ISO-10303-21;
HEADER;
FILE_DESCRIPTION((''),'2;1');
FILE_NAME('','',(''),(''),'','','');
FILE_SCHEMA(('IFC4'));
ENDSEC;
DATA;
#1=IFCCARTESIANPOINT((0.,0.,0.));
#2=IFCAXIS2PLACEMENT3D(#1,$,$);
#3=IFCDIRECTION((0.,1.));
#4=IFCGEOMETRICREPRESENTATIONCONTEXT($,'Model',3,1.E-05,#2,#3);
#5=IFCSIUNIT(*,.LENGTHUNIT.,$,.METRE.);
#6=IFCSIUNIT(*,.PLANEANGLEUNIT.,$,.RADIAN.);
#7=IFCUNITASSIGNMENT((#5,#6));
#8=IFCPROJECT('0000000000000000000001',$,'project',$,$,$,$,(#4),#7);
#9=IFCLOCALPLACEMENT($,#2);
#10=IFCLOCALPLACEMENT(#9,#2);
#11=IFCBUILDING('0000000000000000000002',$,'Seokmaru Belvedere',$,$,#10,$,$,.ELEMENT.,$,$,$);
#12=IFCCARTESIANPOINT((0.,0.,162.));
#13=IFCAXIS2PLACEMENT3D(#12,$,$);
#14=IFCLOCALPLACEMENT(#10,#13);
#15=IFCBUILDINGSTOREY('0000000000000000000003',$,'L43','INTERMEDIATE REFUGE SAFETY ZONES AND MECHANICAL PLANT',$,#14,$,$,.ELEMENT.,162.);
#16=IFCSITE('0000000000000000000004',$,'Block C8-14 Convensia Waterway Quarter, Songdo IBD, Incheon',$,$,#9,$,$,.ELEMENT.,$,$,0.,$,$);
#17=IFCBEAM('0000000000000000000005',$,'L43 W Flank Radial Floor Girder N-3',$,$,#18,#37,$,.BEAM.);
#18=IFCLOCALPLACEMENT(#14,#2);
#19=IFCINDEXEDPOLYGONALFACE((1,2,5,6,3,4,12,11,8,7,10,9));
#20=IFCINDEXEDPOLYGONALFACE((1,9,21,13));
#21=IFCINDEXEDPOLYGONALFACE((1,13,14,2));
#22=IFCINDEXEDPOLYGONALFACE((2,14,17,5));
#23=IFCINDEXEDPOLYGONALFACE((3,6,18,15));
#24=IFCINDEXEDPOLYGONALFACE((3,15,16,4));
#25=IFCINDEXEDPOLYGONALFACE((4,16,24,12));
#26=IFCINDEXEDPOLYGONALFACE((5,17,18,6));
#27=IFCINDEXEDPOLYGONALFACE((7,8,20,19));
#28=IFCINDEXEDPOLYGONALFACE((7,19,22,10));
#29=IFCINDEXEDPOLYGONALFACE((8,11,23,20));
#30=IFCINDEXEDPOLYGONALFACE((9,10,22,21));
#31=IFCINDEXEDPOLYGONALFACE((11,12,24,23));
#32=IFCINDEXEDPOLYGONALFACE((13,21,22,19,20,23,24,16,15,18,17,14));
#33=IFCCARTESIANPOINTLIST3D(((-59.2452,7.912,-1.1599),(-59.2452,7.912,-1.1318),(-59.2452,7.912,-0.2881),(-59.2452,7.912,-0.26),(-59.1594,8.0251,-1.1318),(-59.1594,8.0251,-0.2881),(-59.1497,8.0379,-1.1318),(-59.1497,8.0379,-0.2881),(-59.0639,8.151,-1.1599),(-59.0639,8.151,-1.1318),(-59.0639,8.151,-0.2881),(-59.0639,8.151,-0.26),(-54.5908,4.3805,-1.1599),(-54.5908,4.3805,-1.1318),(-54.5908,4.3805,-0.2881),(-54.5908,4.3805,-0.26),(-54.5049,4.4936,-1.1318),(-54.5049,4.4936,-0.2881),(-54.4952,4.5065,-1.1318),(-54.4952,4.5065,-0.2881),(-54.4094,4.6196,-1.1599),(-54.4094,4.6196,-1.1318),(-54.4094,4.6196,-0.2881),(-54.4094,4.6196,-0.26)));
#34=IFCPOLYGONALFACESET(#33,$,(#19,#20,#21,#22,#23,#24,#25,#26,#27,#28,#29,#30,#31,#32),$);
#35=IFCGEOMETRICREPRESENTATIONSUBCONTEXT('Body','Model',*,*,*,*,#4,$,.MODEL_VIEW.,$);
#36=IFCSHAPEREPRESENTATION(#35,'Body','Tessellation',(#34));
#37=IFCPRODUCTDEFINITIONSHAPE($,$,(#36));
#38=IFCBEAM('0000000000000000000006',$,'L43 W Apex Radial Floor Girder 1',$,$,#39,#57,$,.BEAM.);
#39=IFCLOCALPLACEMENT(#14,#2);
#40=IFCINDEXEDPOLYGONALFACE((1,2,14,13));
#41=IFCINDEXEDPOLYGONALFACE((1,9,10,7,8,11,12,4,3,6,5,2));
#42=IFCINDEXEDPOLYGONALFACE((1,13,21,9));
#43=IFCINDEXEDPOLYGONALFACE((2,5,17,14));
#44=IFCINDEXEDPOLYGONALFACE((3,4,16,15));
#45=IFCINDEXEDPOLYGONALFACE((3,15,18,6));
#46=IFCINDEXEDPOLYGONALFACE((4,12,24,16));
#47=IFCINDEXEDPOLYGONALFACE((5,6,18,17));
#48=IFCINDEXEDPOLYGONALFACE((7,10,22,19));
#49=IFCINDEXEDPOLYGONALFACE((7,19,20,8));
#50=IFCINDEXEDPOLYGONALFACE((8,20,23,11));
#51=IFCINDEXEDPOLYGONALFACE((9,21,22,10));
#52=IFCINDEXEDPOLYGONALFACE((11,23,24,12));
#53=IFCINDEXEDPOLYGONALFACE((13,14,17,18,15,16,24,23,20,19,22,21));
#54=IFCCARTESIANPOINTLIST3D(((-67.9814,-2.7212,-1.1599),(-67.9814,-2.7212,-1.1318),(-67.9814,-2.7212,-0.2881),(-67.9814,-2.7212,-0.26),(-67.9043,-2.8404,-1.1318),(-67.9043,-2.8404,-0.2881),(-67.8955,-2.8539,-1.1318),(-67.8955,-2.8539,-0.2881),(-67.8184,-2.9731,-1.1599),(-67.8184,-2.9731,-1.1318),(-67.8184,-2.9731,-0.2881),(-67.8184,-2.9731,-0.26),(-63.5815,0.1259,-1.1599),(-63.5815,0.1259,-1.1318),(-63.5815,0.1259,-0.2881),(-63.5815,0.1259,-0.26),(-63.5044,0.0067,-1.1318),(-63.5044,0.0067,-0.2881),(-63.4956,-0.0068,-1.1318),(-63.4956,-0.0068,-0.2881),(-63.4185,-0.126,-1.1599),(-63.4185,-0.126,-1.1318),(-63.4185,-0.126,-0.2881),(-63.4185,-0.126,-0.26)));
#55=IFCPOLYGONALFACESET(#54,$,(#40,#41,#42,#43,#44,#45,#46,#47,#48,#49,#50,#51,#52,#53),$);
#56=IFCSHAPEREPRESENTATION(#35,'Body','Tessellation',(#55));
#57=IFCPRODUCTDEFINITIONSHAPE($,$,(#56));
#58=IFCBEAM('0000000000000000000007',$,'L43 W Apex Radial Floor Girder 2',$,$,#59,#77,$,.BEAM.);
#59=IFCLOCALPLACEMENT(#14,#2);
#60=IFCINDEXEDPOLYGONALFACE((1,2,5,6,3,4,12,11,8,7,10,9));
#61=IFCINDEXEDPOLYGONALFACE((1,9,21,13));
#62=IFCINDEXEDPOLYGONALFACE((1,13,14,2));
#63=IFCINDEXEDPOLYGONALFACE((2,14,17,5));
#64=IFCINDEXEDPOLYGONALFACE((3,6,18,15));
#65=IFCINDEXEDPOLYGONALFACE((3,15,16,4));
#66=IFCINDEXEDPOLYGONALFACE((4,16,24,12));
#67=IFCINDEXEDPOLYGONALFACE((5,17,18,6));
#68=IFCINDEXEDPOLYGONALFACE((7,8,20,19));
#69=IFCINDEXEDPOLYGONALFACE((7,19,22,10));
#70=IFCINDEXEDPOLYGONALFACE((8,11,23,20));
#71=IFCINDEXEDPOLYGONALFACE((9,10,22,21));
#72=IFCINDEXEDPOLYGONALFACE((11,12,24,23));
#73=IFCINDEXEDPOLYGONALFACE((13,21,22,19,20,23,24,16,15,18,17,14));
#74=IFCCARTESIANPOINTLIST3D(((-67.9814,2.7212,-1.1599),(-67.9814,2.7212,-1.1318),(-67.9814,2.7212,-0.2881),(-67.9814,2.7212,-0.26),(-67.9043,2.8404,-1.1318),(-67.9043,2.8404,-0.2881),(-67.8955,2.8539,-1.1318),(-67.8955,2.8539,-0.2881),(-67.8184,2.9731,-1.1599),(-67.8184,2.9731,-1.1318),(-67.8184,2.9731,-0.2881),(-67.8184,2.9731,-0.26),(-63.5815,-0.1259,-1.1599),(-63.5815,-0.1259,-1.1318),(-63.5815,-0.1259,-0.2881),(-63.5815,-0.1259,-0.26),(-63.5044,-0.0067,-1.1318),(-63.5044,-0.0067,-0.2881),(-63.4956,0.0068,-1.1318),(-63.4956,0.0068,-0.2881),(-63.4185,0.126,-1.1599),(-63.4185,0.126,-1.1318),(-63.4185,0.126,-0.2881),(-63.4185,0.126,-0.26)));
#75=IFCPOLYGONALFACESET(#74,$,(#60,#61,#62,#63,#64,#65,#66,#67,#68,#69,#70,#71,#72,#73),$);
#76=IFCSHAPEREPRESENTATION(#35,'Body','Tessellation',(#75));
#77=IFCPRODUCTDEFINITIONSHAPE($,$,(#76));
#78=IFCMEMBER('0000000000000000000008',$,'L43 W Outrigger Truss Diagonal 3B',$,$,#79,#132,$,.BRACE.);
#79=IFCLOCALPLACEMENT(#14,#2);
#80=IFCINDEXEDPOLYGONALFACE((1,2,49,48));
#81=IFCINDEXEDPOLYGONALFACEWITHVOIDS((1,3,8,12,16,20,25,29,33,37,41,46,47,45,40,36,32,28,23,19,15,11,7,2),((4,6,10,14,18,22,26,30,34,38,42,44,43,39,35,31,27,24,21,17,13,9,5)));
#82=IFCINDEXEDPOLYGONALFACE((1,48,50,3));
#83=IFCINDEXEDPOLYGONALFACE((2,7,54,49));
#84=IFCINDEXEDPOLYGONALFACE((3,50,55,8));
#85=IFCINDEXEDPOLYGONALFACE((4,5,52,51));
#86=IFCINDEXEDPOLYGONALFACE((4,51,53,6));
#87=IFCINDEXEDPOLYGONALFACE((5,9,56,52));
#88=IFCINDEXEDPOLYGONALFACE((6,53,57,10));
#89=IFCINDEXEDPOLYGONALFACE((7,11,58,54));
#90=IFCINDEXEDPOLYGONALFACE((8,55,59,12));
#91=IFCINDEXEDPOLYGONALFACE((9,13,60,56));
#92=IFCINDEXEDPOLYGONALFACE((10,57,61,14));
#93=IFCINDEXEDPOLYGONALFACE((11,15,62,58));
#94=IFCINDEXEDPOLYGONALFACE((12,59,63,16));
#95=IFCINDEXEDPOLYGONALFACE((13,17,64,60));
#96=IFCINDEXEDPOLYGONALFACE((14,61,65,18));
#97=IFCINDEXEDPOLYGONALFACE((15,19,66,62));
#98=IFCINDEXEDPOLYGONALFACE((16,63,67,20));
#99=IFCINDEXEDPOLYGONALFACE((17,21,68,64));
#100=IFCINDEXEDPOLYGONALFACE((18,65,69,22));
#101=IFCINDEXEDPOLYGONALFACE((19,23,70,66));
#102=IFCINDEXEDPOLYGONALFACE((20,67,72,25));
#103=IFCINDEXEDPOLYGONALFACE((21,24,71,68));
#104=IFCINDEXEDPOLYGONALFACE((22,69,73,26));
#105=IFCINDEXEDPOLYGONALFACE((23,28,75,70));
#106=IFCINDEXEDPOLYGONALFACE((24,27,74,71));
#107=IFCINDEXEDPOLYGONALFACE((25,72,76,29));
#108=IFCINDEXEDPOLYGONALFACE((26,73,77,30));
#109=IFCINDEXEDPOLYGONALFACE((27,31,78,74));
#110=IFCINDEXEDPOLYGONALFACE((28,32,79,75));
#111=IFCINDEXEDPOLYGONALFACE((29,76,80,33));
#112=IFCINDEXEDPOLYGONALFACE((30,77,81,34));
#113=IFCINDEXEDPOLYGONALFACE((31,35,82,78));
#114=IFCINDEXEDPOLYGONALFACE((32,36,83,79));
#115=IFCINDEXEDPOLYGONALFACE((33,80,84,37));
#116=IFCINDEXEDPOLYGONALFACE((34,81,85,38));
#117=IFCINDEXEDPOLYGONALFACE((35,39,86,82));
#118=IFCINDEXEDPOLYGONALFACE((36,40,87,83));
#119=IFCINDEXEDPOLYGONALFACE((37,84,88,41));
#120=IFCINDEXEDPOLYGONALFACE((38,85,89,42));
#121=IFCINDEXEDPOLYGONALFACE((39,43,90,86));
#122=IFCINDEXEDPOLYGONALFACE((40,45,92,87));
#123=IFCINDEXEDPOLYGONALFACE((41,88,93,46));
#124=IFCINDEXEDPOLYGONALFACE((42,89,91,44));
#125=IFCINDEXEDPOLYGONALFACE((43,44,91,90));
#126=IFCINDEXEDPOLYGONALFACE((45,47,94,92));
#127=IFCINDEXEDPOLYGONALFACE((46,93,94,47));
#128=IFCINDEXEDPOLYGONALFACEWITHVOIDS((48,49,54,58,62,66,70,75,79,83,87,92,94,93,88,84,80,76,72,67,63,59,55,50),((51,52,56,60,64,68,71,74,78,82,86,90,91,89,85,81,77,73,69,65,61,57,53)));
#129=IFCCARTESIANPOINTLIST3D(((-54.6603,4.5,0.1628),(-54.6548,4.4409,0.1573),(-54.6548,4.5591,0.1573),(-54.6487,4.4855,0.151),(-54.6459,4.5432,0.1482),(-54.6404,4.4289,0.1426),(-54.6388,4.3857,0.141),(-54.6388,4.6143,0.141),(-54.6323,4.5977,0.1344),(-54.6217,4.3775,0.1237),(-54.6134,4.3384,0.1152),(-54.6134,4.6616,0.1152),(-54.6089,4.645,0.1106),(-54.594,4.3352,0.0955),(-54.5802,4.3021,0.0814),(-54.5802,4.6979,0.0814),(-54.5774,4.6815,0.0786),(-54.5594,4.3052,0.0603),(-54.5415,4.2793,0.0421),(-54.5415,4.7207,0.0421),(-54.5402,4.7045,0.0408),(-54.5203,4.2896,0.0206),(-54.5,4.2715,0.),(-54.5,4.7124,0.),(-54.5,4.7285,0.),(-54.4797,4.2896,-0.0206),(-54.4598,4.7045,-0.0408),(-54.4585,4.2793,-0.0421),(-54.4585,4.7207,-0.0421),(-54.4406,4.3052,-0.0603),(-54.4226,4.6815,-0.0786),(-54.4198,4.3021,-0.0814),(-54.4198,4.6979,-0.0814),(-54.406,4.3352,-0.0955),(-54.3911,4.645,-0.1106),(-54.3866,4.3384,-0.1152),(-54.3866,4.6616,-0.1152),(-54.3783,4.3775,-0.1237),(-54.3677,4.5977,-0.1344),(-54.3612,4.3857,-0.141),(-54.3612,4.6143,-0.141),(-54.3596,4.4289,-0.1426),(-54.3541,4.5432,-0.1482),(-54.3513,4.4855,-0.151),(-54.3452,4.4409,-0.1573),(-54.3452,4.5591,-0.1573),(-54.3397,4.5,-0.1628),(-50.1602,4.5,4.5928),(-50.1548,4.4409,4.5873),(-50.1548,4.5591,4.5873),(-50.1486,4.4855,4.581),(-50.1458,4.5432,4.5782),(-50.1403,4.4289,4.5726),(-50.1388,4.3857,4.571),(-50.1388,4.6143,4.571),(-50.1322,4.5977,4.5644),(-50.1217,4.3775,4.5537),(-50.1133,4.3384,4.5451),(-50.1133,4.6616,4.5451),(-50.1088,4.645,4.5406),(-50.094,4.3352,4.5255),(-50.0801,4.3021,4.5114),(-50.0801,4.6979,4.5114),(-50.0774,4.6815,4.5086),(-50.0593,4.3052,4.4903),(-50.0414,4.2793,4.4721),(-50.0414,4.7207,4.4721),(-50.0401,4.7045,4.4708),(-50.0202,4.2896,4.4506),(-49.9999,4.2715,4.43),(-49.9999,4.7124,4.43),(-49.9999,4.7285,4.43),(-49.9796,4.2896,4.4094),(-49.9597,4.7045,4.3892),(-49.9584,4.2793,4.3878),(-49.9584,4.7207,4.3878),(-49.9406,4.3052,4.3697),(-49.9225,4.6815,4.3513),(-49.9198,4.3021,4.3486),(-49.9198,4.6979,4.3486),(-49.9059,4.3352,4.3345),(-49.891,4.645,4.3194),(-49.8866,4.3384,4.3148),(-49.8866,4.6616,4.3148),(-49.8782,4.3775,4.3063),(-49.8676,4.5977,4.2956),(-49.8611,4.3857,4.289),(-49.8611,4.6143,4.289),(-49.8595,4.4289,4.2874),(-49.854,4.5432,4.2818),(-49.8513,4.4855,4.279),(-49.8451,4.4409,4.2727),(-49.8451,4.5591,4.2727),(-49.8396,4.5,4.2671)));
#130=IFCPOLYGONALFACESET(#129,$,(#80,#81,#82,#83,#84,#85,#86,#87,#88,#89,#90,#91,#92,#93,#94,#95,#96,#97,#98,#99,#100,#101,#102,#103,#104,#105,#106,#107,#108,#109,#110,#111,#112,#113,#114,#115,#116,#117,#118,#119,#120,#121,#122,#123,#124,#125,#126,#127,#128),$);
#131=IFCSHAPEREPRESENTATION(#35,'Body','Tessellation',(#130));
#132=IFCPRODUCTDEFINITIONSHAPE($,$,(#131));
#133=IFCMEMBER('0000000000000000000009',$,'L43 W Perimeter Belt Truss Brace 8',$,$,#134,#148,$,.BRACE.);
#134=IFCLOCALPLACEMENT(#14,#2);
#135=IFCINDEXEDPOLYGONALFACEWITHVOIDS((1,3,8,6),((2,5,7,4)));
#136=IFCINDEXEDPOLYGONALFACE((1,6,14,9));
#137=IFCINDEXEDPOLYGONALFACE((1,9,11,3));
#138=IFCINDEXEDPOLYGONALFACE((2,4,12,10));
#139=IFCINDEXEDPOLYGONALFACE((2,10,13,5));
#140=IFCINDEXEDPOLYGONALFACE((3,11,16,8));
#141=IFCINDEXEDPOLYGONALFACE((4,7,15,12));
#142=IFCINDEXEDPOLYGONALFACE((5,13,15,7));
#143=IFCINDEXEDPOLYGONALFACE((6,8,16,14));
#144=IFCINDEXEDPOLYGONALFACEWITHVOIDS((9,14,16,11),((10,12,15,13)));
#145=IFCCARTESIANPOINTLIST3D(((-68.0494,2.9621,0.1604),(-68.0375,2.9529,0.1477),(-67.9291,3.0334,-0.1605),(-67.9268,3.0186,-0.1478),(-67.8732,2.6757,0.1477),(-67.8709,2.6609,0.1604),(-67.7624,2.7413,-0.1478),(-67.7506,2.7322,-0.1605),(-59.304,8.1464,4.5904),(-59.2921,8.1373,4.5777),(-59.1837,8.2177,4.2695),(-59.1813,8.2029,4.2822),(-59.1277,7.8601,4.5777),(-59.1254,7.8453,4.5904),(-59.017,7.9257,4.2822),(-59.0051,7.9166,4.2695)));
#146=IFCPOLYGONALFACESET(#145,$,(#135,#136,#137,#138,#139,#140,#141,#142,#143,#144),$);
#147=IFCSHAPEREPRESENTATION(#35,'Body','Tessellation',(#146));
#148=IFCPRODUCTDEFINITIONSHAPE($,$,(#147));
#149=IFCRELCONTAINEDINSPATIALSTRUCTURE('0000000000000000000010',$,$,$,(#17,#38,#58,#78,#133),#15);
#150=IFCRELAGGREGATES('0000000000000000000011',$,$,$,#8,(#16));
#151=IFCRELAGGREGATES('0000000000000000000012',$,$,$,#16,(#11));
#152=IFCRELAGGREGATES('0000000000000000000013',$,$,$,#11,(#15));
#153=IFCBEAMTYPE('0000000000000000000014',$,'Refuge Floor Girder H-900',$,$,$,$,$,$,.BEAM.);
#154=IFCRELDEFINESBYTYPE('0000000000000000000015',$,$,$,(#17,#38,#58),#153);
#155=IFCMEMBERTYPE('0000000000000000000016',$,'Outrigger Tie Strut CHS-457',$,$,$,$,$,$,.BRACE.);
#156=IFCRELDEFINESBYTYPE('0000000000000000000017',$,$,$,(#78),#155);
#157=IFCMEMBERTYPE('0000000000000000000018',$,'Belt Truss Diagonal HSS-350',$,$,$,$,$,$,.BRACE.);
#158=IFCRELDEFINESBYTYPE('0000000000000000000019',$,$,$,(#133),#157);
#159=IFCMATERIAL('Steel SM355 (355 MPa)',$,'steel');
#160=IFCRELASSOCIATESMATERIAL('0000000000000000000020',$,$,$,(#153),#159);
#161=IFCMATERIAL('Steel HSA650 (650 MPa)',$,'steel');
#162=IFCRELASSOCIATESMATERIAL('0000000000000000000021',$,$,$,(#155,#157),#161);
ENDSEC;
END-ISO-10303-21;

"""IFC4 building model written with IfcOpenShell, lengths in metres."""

from ifc_helpers import new_model, si_unit, direction, frame, origin, origin_2d, place, context, subcontext, project, spatial, hollow_rectangle, hollow_circle, i_section, extrude, source, transform, mapped, material, material_profile, profile_set, type_object, type_shapes, element, save


model = new_model("IFC4")

# Units and contexts
model_context = context("Model", 3, precision=1e-05, world=origin(), true_north=direction((0.0, 1.0)))
body_context = subcontext(model_context, "Body", "Model", "MODEL_VIEW")
ifc_project = project(units=[si_unit("LENGTHUNIT", "METRE"), si_unit("PLANEANGLEUNIT", "RADIAN")], contexts=[model_context])

# Site, building, storey
site_placement = place(None, origin())
site = spatial("IfcSite", under=ifc_project, at=site_placement, Name="Block C8-14 Convensia Waterway Quarter, Songdo IBD, Incheon", CompositionType="ELEMENT", RefElevation=0.0)
building_placement = place(site_placement, origin())
building = spatial("IfcBuilding", under=site, at=building_placement, Name="Seokmaru Belvedere", CompositionType="ELEMENT")
storey_placement = place(building_placement, frame((0.0, 0.0, 162.0)))
storey = spatial("IfcBuildingStorey", under=building, at=storey_placement, Name="L43", Description="INTERMEDIATE REFUGE SAFETY ZONES AND MECHANICAL PLANT", CompositionType="ELEMENT", Elevation=162.0)

# Shared definitions
ifc_material_1 = material(Name="Steel SM355 (355 MPa)", Category="steel")

# Beams
ifc_material_profile_1 = material_profile(ifc_material_1, i_section(OverallWidth=0.3, OverallDepth=0.8999, WebThickness=0.0161, FlangeThickness=0.0281, at=origin_2d()), Name="H-900x300x16x28")
ifc_profile_set_1 = profile_set([ifc_material_profile_1], Name="Steel SM355 (355 MPa)")
beam_type_1 = type_object("IfcBeamType", Name="Refuge Floor Girder H-900", PredefinedType="BEAM", material=ifc_profile_set_1)
shared_shape_1 = source(origin(), body_context, "Body", "SweptSolid", [
    extrude(i_section(OverallWidth=0.3, OverallDepth=0.8999, WebThickness=0.0161, FlangeThickness=0.0281, at=origin_2d()), origin(), (0.0, 0.0, 1.0), 5.8425),
])
beam_1_placement = place(storey_placement, frame((-59.1545, 8.0315, -0.71), z_axis=(0.796653, -0.604437, 0.0), x_axis=(0.604437, 0.796653, 0.0)))
element("IfcBeam", 1, at=beam_1_placement, inside=storey, type_object=beam_type_1, Name="L43 W Flank Radial Floor Girder N-3", PredefinedType="BEAM", context=body_context, shape_type="MappedRepresentation", body=[
    mapped(shared_shape_1, transform((0.0, 0.0, 0.0), scale=1.0)),
])
shared_shape_2 = source(origin(), body_context, "Body", "SweptSolid", [
    extrude(i_section(OverallWidth=0.3, OverallDepth=0.8999, WebThickness=0.0161, FlangeThickness=0.0281, at=origin_2d()), origin(), (0.0, 0.0, 1.0), 5.2407),
])
for number, where, z_axis, x_axis, name in (
    (2, (-67.8999, -2.8472, -0.71), (0.839555, 0.543274, 0.0), (-0.543274, 0.839555, 0.0), "L43 W Apex Radial Floor Girder 1"),
    (3, (-67.8999, 2.8472, -0.71), (0.839555, -0.543274, 0.0), (0.543274, 0.839555, 0.0), "L43 W Apex Radial Floor Girder 2"),
):
    element("IfcBeam", number, at=place(storey_placement, frame(where, z_axis=z_axis, x_axis=x_axis)), inside=storey, type_object=beam_type_1, Name=name, PredefinedType="BEAM", context=body_context, shape_type="MappedRepresentation", body=[
        mapped(shared_shape_2, transform((0.0, 0.0, 0.0), scale=1.0)),
    ])

# Members
ifc_material_2 = material(Name="Steel HSA650 (650 MPa)", Category="steel")
ifc_material_profile_2 = material_profile(ifc_material_2, hollow_circle(Radius=0.2285, WallThickness=0.0161, at=origin_2d()), Name="CHS-457.2x16.0")
ifc_profile_set_2 = profile_set([ifc_material_profile_2], Name="Steel HSA650 (650 MPa)")
member_type_1 = type_object("IfcMemberType", Name="Outrigger Tie Strut CHS-457", PredefinedType="BRACE", material=ifc_profile_set_2)
shared_shape_3 = source(origin(), body_context, "Body", "SweptSolid", [
    extrude(hollow_circle(Radius=0.2285, WallThickness=0.0161, at=origin_2d()), origin(), (0.0, 0.0, 1.0), 6.3147),
])
type_shapes(member_type_1, [shared_shape_3])
member_1_placement = place(storey_placement, frame((-54.5, 4.5, 0.0), z_axis=(0.712633, 0.0, 0.701537), x_axis=(0.0, 1.0, 0.0)))
element("IfcMember", 4, at=member_1_placement, inside=storey, type_object=member_type_1, Name="L43 W Outrigger Truss Diagonal 3B", PredefinedType="BRACE", context=body_context, shape_type="MappedRepresentation", body=[
    mapped(shared_shape_3, transform((0.0, 0.0, 0.0), scale=1.0)),
])
ifc_material_profile_3 = material_profile(ifc_material_2, hollow_rectangle(XDim=0.3501, YDim=0.3501, WallThickness=0.0139, at=origin_2d()), Name="HSS-350x350x14")
ifc_profile_set_3 = profile_set([ifc_material_profile_3], Name="Steel HSA650 (650 MPa)")
member_type_2 = type_object("IfcMemberType", Name="Belt Truss Diagonal HSS-350", PredefinedType="BRACE", material=ifc_profile_set_3)
shared_shape_4 = source(origin(), body_context, "Body", "SweptSolid", [
    extrude(hollow_rectangle(XDim=0.3501, YDim=0.3501, WallThickness=0.0139, at=origin_2d()), origin(), (0.0, 0.0, 1.0), 11.0898),
])
type_shapes(member_type_2, [shared_shape_4])
member_2_placement = place(storey_placement, frame((-59.1545, 8.0315, 4.4299), z_axis=(-0.788598, -0.467487, -0.399461), x_axis=(0.50994, -0.86021, 0.0)))
element("IfcMember", 5, at=member_2_placement, inside=storey, type_object=member_type_2, Name="L43 W Perimeter Belt Truss Brace 8", PredefinedType="BRACE", context=body_context, shape_type="MappedRepresentation", body=[
    mapped(shared_shape_4, transform((0.0, 0.0, 0.0), scale=1.0)),
])

save(model, "model.ifc")
